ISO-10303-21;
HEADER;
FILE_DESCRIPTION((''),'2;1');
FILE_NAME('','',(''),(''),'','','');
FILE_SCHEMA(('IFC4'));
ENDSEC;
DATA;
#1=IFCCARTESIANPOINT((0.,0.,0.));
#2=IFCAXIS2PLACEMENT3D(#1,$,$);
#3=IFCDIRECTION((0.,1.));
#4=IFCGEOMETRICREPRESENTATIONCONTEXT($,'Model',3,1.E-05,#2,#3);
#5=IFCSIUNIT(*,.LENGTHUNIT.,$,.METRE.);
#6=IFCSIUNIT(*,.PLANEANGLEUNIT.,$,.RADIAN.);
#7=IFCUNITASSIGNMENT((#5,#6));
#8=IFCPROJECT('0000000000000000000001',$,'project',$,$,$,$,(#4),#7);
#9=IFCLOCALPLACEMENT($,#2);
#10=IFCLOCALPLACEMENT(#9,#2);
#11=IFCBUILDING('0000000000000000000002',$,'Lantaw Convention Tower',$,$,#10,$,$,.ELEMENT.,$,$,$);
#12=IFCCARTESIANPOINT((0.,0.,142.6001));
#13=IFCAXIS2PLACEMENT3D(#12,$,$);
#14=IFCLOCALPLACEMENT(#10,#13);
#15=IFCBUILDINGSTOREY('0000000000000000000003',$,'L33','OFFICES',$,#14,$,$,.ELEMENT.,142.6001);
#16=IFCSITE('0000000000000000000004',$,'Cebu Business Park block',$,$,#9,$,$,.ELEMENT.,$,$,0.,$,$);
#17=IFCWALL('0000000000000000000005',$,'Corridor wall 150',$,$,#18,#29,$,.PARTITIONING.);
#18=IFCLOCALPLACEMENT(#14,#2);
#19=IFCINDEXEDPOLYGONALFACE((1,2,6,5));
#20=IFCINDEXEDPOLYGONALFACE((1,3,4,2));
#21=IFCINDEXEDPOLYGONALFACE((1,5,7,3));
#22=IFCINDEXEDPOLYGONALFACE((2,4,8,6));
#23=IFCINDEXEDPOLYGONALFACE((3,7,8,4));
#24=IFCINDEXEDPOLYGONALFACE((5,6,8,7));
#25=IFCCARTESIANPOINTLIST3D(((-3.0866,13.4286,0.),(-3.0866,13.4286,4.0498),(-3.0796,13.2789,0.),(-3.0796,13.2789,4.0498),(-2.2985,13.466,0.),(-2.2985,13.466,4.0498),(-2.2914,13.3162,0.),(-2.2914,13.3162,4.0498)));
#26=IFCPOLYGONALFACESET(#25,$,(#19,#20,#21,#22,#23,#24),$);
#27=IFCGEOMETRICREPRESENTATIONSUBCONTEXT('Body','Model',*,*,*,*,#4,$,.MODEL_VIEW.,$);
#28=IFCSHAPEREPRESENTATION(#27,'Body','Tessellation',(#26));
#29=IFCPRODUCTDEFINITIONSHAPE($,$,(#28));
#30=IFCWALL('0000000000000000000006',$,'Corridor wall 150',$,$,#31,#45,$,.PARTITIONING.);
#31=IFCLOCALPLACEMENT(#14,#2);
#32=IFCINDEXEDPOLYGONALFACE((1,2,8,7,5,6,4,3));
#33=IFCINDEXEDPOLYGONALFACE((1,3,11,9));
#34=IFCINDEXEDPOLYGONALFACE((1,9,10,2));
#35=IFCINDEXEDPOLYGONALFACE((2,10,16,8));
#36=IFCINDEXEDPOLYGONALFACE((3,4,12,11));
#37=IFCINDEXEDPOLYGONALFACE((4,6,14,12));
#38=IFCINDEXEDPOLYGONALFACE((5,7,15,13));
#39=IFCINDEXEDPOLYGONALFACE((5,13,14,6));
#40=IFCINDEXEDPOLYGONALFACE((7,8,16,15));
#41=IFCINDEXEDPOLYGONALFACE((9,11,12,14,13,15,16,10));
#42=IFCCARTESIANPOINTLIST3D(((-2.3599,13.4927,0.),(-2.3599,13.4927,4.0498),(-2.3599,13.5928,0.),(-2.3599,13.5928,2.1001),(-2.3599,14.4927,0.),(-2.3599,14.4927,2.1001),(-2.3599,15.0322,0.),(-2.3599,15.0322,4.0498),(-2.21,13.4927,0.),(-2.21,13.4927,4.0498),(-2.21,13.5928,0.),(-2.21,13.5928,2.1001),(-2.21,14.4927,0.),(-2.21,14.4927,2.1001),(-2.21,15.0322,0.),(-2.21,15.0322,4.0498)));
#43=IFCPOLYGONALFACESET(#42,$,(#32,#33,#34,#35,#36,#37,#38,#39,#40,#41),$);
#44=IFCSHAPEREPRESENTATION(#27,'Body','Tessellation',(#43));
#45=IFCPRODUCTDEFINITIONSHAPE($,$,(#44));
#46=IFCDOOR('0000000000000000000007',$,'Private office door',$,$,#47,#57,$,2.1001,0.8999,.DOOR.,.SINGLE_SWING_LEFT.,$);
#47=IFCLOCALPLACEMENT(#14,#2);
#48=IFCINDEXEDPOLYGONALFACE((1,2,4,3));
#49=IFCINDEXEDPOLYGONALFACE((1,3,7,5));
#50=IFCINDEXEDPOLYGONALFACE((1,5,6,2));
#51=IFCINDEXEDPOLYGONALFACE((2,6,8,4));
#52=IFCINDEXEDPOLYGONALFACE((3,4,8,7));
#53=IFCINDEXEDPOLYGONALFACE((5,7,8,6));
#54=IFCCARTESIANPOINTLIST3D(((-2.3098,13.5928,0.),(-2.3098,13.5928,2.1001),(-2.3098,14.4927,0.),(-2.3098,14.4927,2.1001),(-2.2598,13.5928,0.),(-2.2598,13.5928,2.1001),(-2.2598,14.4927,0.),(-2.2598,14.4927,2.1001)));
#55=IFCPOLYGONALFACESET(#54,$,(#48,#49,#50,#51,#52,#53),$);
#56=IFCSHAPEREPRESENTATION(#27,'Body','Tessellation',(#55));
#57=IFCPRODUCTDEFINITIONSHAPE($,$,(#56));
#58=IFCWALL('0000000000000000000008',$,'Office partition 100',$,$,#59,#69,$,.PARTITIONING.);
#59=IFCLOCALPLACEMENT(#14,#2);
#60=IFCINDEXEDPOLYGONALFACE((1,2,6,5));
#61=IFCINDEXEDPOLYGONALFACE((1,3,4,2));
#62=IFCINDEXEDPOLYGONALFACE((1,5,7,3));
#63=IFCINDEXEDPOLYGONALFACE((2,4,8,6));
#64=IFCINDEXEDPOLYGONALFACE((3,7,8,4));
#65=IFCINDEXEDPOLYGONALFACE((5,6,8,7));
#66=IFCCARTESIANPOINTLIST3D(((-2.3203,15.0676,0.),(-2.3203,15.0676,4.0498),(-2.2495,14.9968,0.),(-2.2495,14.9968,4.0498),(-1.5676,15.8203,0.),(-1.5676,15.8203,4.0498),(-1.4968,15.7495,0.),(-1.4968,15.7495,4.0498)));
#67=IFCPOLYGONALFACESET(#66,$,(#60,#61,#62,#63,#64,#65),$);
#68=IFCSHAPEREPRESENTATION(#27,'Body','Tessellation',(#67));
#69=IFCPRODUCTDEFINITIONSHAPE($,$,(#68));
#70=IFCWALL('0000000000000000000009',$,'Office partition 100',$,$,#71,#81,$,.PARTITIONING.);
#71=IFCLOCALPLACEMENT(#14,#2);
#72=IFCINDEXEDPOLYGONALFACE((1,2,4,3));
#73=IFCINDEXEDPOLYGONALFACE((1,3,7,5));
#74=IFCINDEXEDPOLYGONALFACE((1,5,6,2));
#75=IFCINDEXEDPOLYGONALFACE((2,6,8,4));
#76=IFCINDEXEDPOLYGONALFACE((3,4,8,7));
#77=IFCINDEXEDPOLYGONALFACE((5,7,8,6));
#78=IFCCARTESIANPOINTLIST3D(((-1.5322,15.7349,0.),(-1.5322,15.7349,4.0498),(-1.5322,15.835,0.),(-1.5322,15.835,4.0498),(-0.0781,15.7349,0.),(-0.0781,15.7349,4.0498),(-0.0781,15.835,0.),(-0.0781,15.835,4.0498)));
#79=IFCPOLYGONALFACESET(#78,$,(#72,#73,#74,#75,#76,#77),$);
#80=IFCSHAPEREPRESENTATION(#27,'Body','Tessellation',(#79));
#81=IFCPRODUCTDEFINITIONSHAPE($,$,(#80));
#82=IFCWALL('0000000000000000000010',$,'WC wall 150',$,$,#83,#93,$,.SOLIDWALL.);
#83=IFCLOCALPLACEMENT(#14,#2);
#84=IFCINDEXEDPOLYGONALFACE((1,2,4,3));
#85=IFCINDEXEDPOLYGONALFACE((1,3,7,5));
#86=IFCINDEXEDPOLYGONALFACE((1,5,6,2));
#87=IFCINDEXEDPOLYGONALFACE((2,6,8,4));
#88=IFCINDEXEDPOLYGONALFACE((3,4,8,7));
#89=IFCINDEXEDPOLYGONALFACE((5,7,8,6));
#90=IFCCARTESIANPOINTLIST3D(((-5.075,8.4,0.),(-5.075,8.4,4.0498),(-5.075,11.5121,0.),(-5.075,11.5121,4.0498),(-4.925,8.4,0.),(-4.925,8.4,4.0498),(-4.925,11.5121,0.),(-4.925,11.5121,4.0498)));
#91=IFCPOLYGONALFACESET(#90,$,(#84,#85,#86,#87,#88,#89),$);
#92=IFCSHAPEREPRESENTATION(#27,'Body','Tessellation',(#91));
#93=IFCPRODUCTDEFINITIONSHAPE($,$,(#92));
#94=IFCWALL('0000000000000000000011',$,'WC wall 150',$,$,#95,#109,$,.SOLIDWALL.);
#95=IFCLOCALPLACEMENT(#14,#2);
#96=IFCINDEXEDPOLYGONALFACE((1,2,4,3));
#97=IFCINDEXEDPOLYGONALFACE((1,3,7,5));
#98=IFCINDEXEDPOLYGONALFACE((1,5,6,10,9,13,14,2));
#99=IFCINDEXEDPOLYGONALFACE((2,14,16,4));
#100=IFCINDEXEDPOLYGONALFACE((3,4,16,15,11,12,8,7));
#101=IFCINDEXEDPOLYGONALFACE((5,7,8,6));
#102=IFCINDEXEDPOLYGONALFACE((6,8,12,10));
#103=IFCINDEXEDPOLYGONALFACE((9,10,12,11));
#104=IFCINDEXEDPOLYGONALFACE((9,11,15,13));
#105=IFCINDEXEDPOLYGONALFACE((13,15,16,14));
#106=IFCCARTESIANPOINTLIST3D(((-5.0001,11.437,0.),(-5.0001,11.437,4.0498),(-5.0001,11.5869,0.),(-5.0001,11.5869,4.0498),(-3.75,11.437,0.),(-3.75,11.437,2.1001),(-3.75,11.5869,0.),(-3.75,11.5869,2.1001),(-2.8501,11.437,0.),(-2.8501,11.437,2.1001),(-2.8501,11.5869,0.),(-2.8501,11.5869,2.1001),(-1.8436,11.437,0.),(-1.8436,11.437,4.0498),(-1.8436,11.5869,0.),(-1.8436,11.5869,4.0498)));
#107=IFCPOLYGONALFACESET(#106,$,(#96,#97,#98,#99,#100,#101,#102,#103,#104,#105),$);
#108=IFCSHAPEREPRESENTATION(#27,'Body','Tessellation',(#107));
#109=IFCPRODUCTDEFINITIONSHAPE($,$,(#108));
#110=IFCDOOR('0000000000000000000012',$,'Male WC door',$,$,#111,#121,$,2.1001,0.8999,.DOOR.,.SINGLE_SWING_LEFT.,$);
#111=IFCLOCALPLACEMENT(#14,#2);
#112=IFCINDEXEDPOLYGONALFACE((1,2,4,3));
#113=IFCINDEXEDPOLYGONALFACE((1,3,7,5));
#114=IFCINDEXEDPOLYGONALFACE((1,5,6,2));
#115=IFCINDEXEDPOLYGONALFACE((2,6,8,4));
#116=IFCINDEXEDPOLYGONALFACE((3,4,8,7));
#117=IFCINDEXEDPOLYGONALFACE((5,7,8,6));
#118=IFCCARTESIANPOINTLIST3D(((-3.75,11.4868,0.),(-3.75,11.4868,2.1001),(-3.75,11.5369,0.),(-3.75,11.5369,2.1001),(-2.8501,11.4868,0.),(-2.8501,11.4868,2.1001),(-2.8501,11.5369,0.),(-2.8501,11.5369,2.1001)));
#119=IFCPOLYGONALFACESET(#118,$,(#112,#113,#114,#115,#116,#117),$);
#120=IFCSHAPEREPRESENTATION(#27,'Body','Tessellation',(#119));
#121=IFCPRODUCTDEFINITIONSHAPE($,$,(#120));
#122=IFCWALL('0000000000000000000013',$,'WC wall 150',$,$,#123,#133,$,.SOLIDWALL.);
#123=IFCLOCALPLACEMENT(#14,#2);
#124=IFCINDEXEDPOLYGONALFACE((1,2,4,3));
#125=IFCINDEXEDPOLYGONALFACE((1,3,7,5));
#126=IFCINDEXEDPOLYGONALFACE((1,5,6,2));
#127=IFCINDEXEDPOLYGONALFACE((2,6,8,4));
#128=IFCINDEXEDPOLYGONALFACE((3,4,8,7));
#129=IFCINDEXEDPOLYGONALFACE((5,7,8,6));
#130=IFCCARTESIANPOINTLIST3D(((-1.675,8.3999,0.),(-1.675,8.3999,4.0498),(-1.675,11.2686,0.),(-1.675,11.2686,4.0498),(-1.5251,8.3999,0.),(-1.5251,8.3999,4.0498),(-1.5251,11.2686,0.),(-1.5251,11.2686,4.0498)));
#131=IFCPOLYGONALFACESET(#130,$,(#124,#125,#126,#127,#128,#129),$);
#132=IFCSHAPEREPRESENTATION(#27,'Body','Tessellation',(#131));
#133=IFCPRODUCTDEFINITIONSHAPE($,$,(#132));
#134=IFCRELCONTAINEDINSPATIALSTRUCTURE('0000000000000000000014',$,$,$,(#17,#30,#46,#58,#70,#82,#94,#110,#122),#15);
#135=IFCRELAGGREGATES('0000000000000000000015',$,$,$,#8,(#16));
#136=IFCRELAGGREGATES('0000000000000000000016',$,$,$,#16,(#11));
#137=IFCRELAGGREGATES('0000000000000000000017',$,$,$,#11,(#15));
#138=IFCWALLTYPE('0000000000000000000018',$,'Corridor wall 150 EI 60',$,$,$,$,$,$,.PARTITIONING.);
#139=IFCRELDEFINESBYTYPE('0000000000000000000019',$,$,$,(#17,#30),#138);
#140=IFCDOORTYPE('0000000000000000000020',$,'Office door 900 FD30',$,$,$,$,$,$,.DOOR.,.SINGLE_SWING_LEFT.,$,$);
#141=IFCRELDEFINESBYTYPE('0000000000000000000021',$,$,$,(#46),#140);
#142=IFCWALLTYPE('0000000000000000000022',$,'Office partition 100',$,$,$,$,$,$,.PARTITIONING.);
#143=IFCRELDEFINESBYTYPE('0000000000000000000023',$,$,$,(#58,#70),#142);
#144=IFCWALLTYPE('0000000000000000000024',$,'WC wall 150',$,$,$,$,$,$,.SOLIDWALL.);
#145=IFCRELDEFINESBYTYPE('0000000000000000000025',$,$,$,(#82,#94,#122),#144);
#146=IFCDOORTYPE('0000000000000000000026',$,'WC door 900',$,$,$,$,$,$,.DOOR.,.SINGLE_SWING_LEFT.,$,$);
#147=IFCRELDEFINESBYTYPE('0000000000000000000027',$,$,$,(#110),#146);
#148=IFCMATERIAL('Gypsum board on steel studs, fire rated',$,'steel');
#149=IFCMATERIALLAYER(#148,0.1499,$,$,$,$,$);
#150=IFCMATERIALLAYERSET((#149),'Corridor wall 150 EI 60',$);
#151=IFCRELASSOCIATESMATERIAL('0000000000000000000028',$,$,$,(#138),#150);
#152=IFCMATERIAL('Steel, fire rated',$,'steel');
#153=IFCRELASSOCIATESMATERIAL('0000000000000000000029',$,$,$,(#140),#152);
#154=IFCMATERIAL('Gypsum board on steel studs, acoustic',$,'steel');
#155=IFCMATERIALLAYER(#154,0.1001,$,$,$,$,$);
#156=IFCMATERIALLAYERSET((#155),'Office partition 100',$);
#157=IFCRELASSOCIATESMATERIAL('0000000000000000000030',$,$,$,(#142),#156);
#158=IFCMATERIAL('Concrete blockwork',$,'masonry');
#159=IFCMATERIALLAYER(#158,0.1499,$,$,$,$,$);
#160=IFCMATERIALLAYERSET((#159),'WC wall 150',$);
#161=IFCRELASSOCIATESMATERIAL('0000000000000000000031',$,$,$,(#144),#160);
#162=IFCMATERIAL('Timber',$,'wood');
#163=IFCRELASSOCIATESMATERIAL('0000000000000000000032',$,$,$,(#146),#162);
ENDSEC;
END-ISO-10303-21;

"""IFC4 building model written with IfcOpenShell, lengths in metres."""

from ifc_helpers import new_model, si_unit, direction, frame, frame_2d, origin, place, context, subcontext, project, spatial, rectangle, extrude, material, layer, layer_set, type_object, element, fill, save


model = new_model("IFC4")

# Units and contexts
model_context = context("Model", 3, precision=1e-05, world=origin(), true_north=direction((0.0, 1.0)))
body_context = subcontext(model_context, "Body", "Model", "MODEL_VIEW")
ifc_project = project(units=[si_unit("LENGTHUNIT", "METRE"), si_unit("PLANEANGLEUNIT", "RADIAN")], contexts=[model_context])

# Site, building, storey
site_placement = place(None, origin())
site = spatial("IfcSite", under=ifc_project, at=site_placement, Name="Cebu Business Park block", CompositionType="ELEMENT", RefElevation=0.0)
building_placement = place(site_placement, origin())
building = spatial("IfcBuilding", under=site, at=building_placement, Name="Lantaw Convention Tower", CompositionType="ELEMENT")
storey_placement = place(building_placement, frame((0.0, 0.0, 142.6001)))
storey = spatial("IfcBuildingStorey", under=building, at=storey_placement, Name="L33", Description="OFFICES", CompositionType="ELEMENT", Elevation=142.6001)

# Shared definitions
ifc_material_1 = material(Name="Gypsum board on steel studs, fire rated", Category="steel")
ifc_layer_1 = layer(ifc_material_1, 0.1499)
ifc_layer_set_1 = layer_set([ifc_layer_1], Name="Corridor wall 150 EI 60")
wall_type_1 = type_object("IfcWallType", Name="Corridor wall 150 EI 60", PredefinedType="PARTITIONING", material=ifc_layer_set_1)
ifc_material_2 = material(Name="Steel, fire rated", Category="steel")
door_type_1 = type_object("IfcDoorType", Name="Office door 900 FD30", OperationType="SINGLE_SWING_LEFT", PredefinedType="DOOR", material=ifc_material_2)

# Wall
wall_1_placement = place(storey_placement, frame((-2.2949, 13.3911, 0.0), z_axis=(0.0, 0.0, 1.0), x_axis=(-0.998879, -0.047345, 0.0)))
element("IfcWall", 1, at=wall_1_placement, inside=storey, type_object=wall_type_1, Name="Corridor wall 150", PredefinedType="PARTITIONING", context=body_context, shape_type="SweptSolid", body=[
    extrude(rectangle(XDim=0.7891, YDim=0.1499, at=frame_2d((0.3945, 0.0))), origin(), (0.0, 0.0, 1.0), 4.0498),
])

# Wall, opening, door
wall_2_placement = place(storey_placement, frame((-2.2849, 13.4927, 0.0), z_axis=(0.0, 0.0, 1.0), x_axis=(0.0, 1.0, 0.0)))
wall_2 = element("IfcWall", 2, at=wall_2_placement, inside=storey, type_object=wall_type_1, Name="Corridor wall 150", PredefinedType="PARTITIONING", context=body_context, shape_type="SweptSolid", body=[
    extrude(rectangle(XDim=1.5396, YDim=0.1499, at=frame_2d((0.7698, 0.0))), origin(), (0.0, 0.0, 1.0), 4.0498),
])
opening_1_placement = place(wall_2_placement, frame((0.1001, 0.0, 0.0)))
opening_1 = element("IfcOpeningElement", 3, at=opening_1_placement, cuts=wall_2, PredefinedType="OPENING", context=body_context, shape_type="SweptSolid", body=[
    extrude(rectangle(XDim=0.8999, YDim=2.1001, at=frame_2d((0.45, 1.05))), frame((0.0, 0.085, 0.0), z_axis=(0.0, -1.0, 0.0), x_axis=(1.0, 0.0, 0.0)), (0.0, 0.0, 1.0), 0.1699),
])
door_1_placement = place(opening_1_placement, origin())
door_1 = element("IfcDoor", 4, at=door_1_placement, inside=storey, type_object=door_type_1, Name="Private office door", OperationType="SINGLE_SWING_LEFT", OverallHeight=2.1001, OverallWidth=0.8999, PredefinedType="DOOR", context=body_context, shape_type="SweptSolid", body=[
    extrude(rectangle(XDim=0.8999, YDim=2.1001, at=frame_2d((0.45, 1.05))), frame((0.0, 0.0249, 0.0), z_axis=(0.0, -1.0, 0.0), x_axis=(1.0, 0.0, 0.0)), (0.0, 0.0, 1.0), 0.05),
])
fill(opening_1, door_1)

# Walls
ifc_material_3 = material(Name="Gypsum board on steel studs, acoustic", Category="steel")
ifc_layer_2 = layer(ifc_material_3, 0.1001)
ifc_layer_set_2 = layer_set([ifc_layer_2], Name="Office partition 100")
wall_type_2 = type_object("IfcWallType", Name="Office partition 100", PredefinedType="PARTITIONING", material=ifc_layer_set_2)
wall_3_placement = place(storey_placement, frame((-2.2849, 15.0322, 0.0), z_axis=(0.0, 0.0, 1.0), x_axis=(0.707107, 0.707107, 0.0)))
element("IfcWall", 5, at=wall_3_placement, inside=storey, type_object=wall_type_2, Name="Office partition 100", PredefinedType="PARTITIONING", context=body_context, shape_type="SweptSolid", body=[
    extrude(rectangle(XDim=1.0645, YDim=0.1001, at=frame_2d((0.5322, 0.0))), origin(), (0.0, 0.0, 1.0), 4.0498),
])
wall_4_placement = place(storey_placement, frame((-1.5322, 15.7849, 0.0), z_axis=(0.0, 0.0, 1.0), x_axis=(1.0, 0.0, 0.0)))
element("IfcWall", 6, at=wall_4_placement, inside=storey, type_object=wall_type_2, Name="Office partition 100", PredefinedType="PARTITIONING", context=body_context, shape_type="SweptSolid", body=[
    extrude(rectangle(XDim=1.4541, YDim=0.1001, at=frame_2d((0.7271, 0.0))), origin(), (0.0, 0.0, 1.0), 4.0498),
])
ifc_material_4 = material(Name="Concrete blockwork", Category="masonry")
ifc_layer_3 = layer(ifc_material_4, 0.1499)
ifc_layer_set_3 = layer_set([ifc_layer_3], Name="WC wall 150")
wall_type_3 = type_object("IfcWallType", Name="WC wall 150", PredefinedType="SOLIDWALL", material=ifc_layer_set_3)
wall_5_placement = place(storey_placement, frame((-5.0, 8.3999, 0.0), z_axis=(0.0, 0.0, 1.0), x_axis=(0.0, 1.0, 0.0)))
element("IfcWall", 7, at=wall_5_placement, inside=storey, type_object=wall_type_3, Name="WC wall 150", PredefinedType="SOLIDWALL", context=body_context, shape_type="SweptSolid", body=[
    extrude(rectangle(XDim=3.1121, YDim=0.1499, at=frame_2d((1.5562, 0.0))), origin(), (0.0, 0.0, 1.0), 4.0498),
])

# Wall, opening, door
wall_6_placement = place(storey_placement, frame((-5.0, 11.512, 0.0), z_axis=(0.0, 0.0, 1.0), x_axis=(1.0, 0.0, 0.0)))
wall_6 = element("IfcWall", 8, at=wall_6_placement, inside=storey, type_object=wall_type_3, Name="WC wall 150", PredefinedType="SOLIDWALL", context=body_context, shape_type="SweptSolid", body=[
    extrude(rectangle(XDim=3.1565, YDim=0.1499, at=frame_2d((1.5781, 0.0))), origin(), (0.0, 0.0, 1.0), 4.0498),
])
opening_2_placement = place(wall_6_placement, frame((1.25, 0.0, 0.0)))
opening_2 = element("IfcOpeningElement", 9, at=opening_2_placement, cuts=wall_6, PredefinedType="OPENING", context=body_context, shape_type="SweptSolid", body=[
    extrude(rectangle(XDim=0.8999, YDim=2.1001, at=frame_2d((0.45, 1.05))), frame((0.0, 0.085, 0.0), z_axis=(0.0, -1.0, 0.0), x_axis=(1.0, 0.0, 0.0)), (0.0, 0.0, 1.0), 0.1699),
])
ifc_material_5 = material(Name="Timber", Category="wood")
door_type_2 = type_object("IfcDoorType", Name="WC door 900", OperationType="SINGLE_SWING_LEFT", PredefinedType="DOOR", material=ifc_material_5)
door_2_placement = place(opening_2_placement, origin())
door_2 = element("IfcDoor", 10, at=door_2_placement, inside=storey, type_object=door_type_2, Name="Male WC door", OperationType="SINGLE_SWING_LEFT", OverallHeight=2.1001, OverallWidth=0.8999, PredefinedType="DOOR", context=body_context, shape_type="SweptSolid", body=[
    extrude(rectangle(XDim=0.8999, YDim=2.1001, at=frame_2d((0.45, 1.05))), frame((0.0, 0.0249, 0.0), z_axis=(0.0, -1.0, 0.0), x_axis=(1.0, 0.0, 0.0)), (0.0, 0.0, 1.0), 0.05),
])
fill(opening_2, door_2)

# Wall
wall_7_placement = place(storey_placement, frame((-1.6001, 8.3999, 0.0), z_axis=(0.0, 0.0, 1.0), x_axis=(0.0, 1.0, 0.0)))
element("IfcWall", 11, at=wall_7_placement, inside=storey, type_object=wall_type_3, Name="WC wall 150", PredefinedType="SOLIDWALL", context=body_context, shape_type="SweptSolid", body=[
    extrude(rectangle(XDim=2.8687, YDim=0.1499, at=frame_2d((1.4343, 0.0))), origin(), (0.0, 0.0, 1.0), 4.0498),
])

save(model, "model.ifc")
